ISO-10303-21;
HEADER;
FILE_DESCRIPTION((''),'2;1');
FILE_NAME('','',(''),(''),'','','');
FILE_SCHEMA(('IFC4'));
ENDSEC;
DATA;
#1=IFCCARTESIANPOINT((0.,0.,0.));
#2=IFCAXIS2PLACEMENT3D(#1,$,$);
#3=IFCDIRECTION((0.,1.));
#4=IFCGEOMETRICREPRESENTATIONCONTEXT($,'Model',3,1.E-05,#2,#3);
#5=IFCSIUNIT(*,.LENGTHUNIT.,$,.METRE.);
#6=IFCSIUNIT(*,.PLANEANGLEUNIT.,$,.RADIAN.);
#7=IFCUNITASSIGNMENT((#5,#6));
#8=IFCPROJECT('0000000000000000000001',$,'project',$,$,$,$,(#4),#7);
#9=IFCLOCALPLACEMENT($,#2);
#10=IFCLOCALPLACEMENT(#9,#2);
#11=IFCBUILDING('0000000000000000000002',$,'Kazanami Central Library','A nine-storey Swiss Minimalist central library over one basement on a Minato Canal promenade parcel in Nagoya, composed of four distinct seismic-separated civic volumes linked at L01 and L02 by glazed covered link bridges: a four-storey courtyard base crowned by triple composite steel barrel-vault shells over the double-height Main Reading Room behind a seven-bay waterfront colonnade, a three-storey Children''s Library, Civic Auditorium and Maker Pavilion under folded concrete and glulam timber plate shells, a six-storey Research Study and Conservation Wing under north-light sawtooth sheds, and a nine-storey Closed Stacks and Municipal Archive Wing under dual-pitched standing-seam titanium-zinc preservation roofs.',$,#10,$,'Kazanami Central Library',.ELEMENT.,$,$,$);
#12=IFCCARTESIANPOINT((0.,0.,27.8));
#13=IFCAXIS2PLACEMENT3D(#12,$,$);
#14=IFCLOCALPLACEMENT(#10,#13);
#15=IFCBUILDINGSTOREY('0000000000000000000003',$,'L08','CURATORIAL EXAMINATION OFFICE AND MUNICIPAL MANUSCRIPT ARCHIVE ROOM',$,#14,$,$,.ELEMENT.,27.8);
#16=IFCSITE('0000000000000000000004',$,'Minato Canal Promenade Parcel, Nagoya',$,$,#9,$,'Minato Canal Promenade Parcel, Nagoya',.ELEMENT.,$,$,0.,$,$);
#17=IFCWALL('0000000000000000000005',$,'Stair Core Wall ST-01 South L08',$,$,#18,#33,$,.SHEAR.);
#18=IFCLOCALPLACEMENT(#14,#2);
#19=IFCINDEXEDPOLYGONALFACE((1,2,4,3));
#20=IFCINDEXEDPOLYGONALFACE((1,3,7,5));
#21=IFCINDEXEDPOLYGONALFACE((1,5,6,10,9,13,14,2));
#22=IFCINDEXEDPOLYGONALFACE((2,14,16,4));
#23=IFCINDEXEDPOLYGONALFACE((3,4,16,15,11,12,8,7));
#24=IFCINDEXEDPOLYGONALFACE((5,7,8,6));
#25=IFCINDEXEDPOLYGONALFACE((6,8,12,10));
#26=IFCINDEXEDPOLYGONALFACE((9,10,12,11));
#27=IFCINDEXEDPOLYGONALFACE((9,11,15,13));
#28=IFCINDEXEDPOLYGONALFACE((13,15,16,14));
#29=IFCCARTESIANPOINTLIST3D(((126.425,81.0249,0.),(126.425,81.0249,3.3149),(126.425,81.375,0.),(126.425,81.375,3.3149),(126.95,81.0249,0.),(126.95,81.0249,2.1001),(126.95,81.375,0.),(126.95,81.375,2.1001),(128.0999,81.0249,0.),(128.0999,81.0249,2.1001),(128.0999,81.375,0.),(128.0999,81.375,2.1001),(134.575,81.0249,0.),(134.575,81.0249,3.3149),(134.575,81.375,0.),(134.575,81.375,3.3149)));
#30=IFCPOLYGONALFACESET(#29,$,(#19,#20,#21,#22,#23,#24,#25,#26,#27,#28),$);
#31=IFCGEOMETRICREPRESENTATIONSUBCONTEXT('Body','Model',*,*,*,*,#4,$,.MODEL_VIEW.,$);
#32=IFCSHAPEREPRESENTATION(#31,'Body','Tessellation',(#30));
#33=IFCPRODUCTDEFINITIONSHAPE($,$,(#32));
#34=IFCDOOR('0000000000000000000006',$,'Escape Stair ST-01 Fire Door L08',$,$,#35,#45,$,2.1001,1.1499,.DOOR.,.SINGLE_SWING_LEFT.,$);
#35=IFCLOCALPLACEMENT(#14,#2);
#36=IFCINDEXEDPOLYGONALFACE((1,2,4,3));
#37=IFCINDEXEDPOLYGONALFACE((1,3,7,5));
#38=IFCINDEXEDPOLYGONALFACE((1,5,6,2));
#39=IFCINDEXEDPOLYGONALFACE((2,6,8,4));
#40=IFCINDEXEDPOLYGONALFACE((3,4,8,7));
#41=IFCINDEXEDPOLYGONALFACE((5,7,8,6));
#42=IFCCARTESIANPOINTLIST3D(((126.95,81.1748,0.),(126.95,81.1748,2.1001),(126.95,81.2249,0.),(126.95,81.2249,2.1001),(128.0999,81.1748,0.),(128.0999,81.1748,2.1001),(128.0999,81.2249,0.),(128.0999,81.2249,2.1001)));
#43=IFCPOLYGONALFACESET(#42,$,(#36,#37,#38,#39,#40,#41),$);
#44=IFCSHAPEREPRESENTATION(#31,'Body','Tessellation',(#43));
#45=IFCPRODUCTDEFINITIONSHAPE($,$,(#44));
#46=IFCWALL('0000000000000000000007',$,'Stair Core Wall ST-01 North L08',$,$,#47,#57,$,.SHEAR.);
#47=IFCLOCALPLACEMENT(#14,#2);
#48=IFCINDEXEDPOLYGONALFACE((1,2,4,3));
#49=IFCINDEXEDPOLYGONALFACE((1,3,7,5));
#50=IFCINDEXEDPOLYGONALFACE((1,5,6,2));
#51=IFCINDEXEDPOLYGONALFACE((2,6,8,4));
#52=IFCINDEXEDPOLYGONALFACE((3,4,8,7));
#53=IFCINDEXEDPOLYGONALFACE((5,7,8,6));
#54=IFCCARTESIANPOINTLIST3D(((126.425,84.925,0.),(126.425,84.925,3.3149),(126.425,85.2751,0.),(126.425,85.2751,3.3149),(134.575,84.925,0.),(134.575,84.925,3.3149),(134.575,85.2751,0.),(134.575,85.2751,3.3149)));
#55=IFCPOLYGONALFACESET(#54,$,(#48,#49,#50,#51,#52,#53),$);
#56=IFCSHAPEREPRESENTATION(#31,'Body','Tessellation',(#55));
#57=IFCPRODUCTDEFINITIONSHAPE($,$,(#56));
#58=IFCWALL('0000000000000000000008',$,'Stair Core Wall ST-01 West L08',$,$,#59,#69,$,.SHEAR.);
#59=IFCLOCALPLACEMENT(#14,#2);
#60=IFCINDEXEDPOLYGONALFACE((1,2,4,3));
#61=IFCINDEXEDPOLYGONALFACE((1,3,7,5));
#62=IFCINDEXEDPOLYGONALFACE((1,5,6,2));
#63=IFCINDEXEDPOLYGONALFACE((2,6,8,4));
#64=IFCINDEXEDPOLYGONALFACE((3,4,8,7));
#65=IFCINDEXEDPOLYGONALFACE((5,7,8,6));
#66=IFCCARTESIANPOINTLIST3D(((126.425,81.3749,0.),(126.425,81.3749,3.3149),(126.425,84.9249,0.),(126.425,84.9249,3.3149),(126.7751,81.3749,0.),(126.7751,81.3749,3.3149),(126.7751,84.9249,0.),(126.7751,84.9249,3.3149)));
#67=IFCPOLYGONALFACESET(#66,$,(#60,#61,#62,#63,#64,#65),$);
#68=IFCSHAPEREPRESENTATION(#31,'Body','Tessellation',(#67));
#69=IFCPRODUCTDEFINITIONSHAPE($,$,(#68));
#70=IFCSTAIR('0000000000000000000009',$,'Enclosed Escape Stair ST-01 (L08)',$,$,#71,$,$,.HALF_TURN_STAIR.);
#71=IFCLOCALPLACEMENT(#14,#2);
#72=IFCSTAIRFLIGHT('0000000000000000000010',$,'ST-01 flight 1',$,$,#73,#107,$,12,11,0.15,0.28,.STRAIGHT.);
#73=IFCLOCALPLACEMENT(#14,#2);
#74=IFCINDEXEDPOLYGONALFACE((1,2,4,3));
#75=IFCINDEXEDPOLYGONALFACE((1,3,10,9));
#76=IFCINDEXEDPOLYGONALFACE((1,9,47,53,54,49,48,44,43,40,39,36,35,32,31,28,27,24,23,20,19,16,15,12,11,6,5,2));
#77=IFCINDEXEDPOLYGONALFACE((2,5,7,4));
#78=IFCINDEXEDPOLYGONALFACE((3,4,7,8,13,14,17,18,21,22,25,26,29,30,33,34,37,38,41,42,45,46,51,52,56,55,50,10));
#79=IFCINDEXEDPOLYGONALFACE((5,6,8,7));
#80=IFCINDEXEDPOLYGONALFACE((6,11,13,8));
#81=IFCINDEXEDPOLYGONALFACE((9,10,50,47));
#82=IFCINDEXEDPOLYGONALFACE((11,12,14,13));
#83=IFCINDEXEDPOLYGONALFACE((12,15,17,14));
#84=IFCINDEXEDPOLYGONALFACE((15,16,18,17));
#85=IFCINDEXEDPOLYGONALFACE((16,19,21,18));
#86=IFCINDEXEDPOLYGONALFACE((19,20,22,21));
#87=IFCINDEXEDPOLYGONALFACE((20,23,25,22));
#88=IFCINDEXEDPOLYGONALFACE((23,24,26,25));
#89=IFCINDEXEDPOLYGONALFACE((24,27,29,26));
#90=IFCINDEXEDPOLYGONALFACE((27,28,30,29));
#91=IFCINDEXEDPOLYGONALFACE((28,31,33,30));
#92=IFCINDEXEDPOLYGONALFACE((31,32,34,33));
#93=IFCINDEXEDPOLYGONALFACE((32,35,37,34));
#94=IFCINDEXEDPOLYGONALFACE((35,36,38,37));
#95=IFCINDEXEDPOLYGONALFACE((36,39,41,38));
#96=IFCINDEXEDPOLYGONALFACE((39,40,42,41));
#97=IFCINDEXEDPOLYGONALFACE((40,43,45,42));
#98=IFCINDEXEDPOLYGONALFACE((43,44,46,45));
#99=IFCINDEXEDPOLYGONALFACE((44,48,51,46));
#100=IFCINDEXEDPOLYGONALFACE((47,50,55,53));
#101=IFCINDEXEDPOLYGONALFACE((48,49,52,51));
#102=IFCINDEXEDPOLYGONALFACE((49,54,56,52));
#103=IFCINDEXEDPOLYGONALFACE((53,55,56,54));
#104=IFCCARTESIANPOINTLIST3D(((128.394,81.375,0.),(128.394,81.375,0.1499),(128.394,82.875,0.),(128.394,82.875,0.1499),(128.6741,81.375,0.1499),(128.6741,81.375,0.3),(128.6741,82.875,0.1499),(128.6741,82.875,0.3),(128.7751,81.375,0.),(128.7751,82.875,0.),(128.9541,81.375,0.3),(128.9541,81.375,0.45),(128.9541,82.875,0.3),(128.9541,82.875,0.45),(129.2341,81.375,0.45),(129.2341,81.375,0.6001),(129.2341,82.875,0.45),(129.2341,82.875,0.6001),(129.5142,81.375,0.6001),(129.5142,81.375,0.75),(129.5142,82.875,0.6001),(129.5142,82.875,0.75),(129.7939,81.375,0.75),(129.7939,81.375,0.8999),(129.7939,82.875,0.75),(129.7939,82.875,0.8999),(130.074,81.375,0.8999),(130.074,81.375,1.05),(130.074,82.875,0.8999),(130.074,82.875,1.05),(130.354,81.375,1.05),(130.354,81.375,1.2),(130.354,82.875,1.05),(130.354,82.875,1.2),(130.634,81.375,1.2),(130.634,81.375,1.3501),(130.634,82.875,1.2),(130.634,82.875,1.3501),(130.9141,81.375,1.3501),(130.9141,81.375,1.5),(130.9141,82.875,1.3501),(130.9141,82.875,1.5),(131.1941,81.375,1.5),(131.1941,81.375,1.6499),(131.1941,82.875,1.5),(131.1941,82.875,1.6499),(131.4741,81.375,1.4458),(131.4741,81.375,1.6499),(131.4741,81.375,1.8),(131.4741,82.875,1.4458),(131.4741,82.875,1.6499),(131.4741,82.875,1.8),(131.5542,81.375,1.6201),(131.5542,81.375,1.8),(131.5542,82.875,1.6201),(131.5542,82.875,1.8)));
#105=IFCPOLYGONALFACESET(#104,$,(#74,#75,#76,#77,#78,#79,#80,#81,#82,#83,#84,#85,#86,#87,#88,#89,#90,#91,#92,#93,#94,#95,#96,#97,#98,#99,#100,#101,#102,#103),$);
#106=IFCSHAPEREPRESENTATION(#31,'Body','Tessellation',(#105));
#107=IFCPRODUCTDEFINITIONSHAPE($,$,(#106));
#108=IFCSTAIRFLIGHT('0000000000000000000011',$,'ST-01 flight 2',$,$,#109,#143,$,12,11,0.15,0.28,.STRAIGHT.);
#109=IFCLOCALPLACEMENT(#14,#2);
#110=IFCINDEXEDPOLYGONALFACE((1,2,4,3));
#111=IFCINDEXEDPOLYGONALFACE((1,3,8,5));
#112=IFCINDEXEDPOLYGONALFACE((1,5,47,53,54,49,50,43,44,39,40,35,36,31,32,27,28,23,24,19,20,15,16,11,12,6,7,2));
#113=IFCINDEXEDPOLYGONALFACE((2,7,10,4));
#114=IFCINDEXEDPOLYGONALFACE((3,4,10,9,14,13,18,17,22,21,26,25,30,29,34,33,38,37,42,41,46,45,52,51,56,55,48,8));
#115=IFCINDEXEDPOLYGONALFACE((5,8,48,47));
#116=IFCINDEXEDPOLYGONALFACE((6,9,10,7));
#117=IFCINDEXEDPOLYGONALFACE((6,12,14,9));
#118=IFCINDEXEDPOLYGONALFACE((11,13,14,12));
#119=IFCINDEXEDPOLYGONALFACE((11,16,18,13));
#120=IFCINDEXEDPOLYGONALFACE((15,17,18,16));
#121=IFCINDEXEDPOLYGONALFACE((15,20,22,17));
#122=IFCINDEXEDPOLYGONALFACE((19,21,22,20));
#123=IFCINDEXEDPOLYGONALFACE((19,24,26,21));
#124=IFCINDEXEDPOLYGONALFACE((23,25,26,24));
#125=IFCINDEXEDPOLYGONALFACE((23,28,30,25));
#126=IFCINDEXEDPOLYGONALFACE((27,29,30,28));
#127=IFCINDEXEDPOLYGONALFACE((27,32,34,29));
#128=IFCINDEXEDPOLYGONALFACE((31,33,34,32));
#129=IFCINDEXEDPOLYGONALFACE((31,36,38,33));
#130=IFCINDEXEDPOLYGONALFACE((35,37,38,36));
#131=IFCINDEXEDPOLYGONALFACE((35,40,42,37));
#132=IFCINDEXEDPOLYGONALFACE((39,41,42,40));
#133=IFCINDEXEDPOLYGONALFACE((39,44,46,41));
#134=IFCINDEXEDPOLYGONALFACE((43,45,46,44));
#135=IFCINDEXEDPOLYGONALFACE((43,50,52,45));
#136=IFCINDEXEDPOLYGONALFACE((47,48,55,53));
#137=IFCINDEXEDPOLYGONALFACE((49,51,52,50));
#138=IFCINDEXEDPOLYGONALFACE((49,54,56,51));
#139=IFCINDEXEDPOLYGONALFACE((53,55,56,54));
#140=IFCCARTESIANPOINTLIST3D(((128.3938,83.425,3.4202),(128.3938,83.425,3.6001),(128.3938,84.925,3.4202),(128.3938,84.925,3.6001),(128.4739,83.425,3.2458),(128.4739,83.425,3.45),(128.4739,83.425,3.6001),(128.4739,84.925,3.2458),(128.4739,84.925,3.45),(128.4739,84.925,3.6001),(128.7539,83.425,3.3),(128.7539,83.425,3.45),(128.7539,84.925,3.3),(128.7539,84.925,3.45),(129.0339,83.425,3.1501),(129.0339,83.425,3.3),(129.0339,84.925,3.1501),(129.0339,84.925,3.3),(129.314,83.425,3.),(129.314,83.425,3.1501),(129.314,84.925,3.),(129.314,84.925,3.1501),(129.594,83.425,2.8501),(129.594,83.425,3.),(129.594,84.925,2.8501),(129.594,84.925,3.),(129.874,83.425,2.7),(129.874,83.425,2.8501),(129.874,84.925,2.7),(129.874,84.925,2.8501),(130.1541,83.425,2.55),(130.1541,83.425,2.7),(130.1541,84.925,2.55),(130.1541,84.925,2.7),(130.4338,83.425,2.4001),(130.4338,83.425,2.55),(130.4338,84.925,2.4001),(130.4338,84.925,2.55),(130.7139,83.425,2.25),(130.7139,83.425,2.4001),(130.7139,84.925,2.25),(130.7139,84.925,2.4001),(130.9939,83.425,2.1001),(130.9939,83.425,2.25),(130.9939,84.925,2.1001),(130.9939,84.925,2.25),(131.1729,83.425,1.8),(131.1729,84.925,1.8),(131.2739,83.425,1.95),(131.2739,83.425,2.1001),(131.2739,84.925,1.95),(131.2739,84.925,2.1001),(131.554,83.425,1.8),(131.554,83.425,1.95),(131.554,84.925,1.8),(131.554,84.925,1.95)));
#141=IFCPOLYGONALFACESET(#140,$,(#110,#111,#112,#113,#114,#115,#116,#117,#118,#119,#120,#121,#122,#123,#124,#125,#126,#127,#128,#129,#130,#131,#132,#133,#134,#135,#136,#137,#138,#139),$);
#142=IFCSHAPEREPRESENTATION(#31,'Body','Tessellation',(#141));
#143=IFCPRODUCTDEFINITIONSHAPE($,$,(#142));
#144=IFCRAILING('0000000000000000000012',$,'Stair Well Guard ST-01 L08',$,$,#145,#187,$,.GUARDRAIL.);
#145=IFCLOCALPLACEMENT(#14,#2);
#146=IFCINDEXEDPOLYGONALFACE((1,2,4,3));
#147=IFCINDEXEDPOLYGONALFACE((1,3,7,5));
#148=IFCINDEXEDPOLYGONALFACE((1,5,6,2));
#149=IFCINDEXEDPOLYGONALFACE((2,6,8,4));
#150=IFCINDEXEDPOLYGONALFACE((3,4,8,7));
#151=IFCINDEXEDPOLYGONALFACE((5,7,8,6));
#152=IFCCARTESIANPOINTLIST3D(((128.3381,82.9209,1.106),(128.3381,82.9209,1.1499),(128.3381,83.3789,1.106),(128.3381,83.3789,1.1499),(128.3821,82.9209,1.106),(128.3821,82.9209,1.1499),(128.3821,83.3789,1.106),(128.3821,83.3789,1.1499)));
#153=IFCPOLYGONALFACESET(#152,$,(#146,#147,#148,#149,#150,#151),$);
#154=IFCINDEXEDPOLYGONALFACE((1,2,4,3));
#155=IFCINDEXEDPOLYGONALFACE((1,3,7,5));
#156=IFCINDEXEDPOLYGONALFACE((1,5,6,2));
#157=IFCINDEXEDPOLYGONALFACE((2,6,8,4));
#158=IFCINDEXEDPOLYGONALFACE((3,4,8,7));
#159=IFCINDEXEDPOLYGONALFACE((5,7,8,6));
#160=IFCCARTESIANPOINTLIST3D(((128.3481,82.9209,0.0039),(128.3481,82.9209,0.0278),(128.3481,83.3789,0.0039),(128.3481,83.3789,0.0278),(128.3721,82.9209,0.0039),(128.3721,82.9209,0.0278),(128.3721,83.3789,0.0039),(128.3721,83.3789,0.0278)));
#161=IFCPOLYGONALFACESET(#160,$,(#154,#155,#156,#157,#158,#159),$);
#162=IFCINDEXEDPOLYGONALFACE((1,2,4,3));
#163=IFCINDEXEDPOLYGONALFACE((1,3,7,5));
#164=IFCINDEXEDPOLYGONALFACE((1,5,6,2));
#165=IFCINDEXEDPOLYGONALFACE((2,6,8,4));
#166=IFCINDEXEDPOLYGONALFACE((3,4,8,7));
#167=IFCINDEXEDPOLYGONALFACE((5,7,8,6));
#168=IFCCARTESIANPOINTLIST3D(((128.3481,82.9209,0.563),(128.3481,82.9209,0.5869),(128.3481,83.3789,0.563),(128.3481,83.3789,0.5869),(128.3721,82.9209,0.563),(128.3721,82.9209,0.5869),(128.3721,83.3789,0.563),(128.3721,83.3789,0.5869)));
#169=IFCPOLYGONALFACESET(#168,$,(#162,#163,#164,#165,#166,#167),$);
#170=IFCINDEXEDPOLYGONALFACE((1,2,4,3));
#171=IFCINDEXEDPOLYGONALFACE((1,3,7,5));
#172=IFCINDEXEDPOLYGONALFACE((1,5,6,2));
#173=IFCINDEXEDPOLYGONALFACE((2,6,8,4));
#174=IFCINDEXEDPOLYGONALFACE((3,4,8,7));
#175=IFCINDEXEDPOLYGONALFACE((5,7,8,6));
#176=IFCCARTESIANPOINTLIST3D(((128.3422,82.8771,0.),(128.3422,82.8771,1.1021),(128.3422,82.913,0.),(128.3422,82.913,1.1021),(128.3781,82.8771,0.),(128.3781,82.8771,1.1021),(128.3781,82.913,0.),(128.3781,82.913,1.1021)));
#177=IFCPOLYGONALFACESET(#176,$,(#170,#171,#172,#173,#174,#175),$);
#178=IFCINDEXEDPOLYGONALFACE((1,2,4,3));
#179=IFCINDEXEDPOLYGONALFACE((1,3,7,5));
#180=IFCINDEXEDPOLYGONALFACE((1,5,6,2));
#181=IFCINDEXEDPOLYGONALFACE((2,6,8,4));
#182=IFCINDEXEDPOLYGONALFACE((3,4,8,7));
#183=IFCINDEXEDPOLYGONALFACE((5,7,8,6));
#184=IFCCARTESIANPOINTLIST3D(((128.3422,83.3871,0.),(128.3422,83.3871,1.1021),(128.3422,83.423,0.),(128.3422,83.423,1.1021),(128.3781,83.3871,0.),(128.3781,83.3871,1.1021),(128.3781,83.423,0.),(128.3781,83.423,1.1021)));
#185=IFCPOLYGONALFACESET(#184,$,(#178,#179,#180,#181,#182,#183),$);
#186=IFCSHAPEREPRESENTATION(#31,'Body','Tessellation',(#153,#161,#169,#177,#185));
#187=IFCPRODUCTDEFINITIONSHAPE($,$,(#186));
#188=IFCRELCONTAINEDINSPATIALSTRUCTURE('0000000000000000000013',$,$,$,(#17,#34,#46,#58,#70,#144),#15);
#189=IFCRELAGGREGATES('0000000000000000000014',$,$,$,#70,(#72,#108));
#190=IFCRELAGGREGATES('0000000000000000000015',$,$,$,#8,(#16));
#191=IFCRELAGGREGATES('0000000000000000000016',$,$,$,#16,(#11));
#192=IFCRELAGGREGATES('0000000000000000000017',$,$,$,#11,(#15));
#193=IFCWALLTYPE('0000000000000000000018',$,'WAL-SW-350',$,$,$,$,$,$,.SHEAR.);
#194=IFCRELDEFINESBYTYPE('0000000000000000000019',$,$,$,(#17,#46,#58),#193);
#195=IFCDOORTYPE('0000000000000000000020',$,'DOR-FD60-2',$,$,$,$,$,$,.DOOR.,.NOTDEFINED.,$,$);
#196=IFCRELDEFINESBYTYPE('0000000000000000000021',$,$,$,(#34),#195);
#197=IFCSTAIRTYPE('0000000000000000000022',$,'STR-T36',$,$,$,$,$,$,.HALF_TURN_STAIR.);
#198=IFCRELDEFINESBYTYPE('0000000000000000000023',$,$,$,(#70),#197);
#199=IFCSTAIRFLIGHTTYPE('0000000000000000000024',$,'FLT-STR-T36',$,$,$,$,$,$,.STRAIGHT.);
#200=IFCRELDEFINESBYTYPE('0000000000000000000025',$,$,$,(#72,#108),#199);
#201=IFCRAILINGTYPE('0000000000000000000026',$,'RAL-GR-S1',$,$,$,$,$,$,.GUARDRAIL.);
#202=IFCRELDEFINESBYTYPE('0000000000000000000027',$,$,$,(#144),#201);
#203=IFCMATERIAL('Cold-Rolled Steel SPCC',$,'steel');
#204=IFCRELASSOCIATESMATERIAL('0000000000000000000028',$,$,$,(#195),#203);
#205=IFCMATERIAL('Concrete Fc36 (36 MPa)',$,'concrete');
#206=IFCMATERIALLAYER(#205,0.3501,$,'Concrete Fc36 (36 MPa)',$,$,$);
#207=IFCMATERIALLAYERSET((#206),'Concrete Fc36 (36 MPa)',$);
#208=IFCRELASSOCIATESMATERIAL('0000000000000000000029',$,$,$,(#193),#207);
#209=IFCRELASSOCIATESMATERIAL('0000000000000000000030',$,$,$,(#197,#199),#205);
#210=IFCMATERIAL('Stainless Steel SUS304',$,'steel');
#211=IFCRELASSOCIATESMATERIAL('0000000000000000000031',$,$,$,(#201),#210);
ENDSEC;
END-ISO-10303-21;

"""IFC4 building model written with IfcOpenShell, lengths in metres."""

from ifc_helpers import new_model, si_unit, direction, frame, frame_2d, origin, origin_2d, place, context, subcontext, project, spatial, polyline, rectangle, outline, extrude, material, layer, layer_set, type_object, element, fill, aggregate, save


model = new_model("IFC4")

# Units and contexts
model_context = context("Model", 3, precision=1e-05, world=origin(), true_north=direction((0.0, 1.0)))
body_context = subcontext(model_context, "Body", "Model", "MODEL_VIEW")
ifc_project = project(units=[si_unit("LENGTHUNIT", "METRE"), si_unit("PLANEANGLEUNIT", "RADIAN")], contexts=[model_context])

# Site, building, storey
site_placement = place(None, origin())
site = spatial("IfcSite", under=ifc_project, at=site_placement, Name="Minato Canal Promenade Parcel, Nagoya", LongName="Minato Canal Promenade Parcel, Nagoya", CompositionType="ELEMENT", RefElevation=0.0)
building_placement = place(site_placement, origin())
building = spatial("IfcBuilding", under=site, at=building_placement, Name="Kazanami Central Library", Description="A nine-storey Swiss Minimalist central library over one basement on a Minato Canal promenade parcel in Nagoya, composed of four distinct seismic-separated civic volumes linked at L01 and L02 by glazed covered link bridges: a four-storey courtyard base crowned by triple composite steel barrel-vault shells over the double-height Main Reading Room behind a seven-bay waterfront colonnade, a three-storey Children's Library, Civic Auditorium and Maker Pavilion under folded concrete and glulam timber plate shells, a six-storey Research Study and Conservation Wing under north-light sawtooth sheds, and a nine-storey Closed Stacks and Municipal Archive Wing under dual-pitched standing-seam titanium-zinc preservation roofs.", LongName="Kazanami Central Library", CompositionType="ELEMENT")
storey_placement = place(building_placement, frame((0.0, 0.0, 27.8)))
storey = spatial("IfcBuildingStorey", under=building, at=storey_placement, Name="L08", Description="CURATORIAL EXAMINATION OFFICE AND MUNICIPAL MANUSCRIPT ARCHIVE ROOM", CompositionType="ELEMENT", Elevation=27.8)

# Shared definitions
ifc_material_1 = material(Name="Concrete Fc36 (36 MPa)", Category="concrete")

# Shared definitions
ifc_material_2 = material(Name="Cold-Rolled Steel SPCC", Category="steel")
door_type_1 = type_object("IfcDoorType", Name="DOR-FD60-2", OperationType="NOTDEFINED", PredefinedType="DOOR", material=ifc_material_2)

# Wall, opening, door
ifc_layer_1 = layer(ifc_material_1, 0.3501, Name="Concrete Fc36 (36 MPa)")
ifc_layer_set_1 = layer_set([ifc_layer_1], Name="Concrete Fc36 (36 MPa)")
wall_type_1 = type_object("IfcWallType", Name="WAL-SW-350", PredefinedType="SHEAR", material=ifc_layer_set_1)
wall_1_placement = place(storey_placement, frame((126.425, 81.2, 0.0), z_axis=(0.0, 0.0, 1.0), x_axis=(1.0, 0.0, 0.0)))
wall_1 = element("IfcWall", 1, at=wall_1_placement, inside=storey, type_object=wall_type_1, Name="Stair Core Wall ST-01 South L08", PredefinedType="SHEAR", context=body_context, shape_type="SweptSolid", body=[
    extrude(rectangle(XDim=8.1499, YDim=0.3501, at=frame_2d((4.075, 0.0))), origin(), (0.0, 0.0, 1.0), 3.3149),
])
opening_1_placement = place(wall_1_placement, frame((0.5249, 0.0, 0.0)))
opening_1 = element("IfcOpeningElement", 2, at=opening_1_placement, cuts=wall_1, PredefinedType="OPENING", context=body_context, shape_type="SweptSolid", body=[
    extrude(rectangle(XDim=1.1499, YDim=2.1001, at=frame_2d((0.575, 1.05))), frame((0.0, 0.187, 0.0), z_axis=(0.0, -1.0, 0.0), x_axis=(1.0, 0.0, 0.0)), (0.0, 0.0, 1.0), 0.374),
])
door_1_placement = place(opening_1_placement, origin())
door_1 = element("IfcDoor", 3, at=door_1_placement, inside=storey, type_object=door_type_1, Name="Escape Stair ST-01 Fire Door L08", OperationType="SINGLE_SWING_LEFT", OverallHeight=2.1001, OverallWidth=1.1499, PredefinedType="DOOR", context=body_context, shape_type="SweptSolid", body=[
    extrude(rectangle(XDim=1.1499, YDim=2.1001, at=frame_2d((0.575, 1.05))), frame((0.0, 0.0249, 0.0), z_axis=(0.0, -1.0, 0.0), x_axis=(1.0, 0.0, 0.0)), (0.0, 0.0, 1.0), 0.05),
])
fill(opening_1, door_1)

# Walls
wall_2_placement = place(storey_placement, frame((126.425, 85.1001, 0.0), z_axis=(0.0, 0.0, 1.0), x_axis=(1.0, 0.0, 0.0)))
element("IfcWall", 4, at=wall_2_placement, inside=storey, type_object=wall_type_1, Name="Stair Core Wall ST-01 North L08", PredefinedType="SHEAR", context=body_context, shape_type="SweptSolid", body=[
    extrude(rectangle(XDim=8.1499, YDim=0.3501, at=frame_2d((4.075, 0.0))), origin(), (0.0, 0.0, 1.0), 3.3149),
])
wall_3_placement = place(storey_placement, frame((126.6001, 81.375, 0.0), z_axis=(0.0, 0.0, 1.0), x_axis=(0.0, 1.0, 0.0)))
element("IfcWall", 5, at=wall_3_placement, inside=storey, type_object=wall_type_1, Name="Stair Core Wall ST-01 West L08", PredefinedType="SHEAR", context=body_context, shape_type="SweptSolid", body=[
    extrude(rectangle(XDim=3.55, YDim=0.3501, at=frame_2d((1.7749, 0.0))), origin(), (0.0, 0.0, 1.0), 3.3149),
])

# Stair, stair flights
stair_type = type_object("IfcStairType", Name="STR-T36", PredefinedType="HALF_TURN_STAIR", material=ifc_material_1)
stair_placement = place(storey_placement, origin())
stair = element("IfcStair", 6, at=stair_placement, inside=storey, type_object=stair_type, Name="Enclosed Escape Stair ST-01 (L08)", PredefinedType="HALF_TURN_STAIR")
stair_flight_type = type_object("IfcStairFlightType", Name="FLT-STR-T36", PredefinedType="STRAIGHT", material=ifc_material_1)
stair_flight_1_placement = place(storey_placement, frame((128.394, 82.125, 0.0), z_axis=(0.0, 0.0, 1.0), x_axis=(1.0, 0.0, 0.0)))
stair_flight_1 = element("IfcStairFlight", 7, at=stair_flight_1_placement, type_object=stair_flight_type, Name="ST-01 flight 1", NumberOfRisers=12, NumberOfTreads=11, PredefinedType="STRAIGHT", RiserHeight=0.15, TreadLength=0.28, context=body_context, shape_type="SweptSolid", body=[
    extrude(outline(polyline([(0.0, 0.0), (0.0, 0.1499), (0.28, 0.1499), (0.28, 0.3), (0.5601, 0.3), (0.5601, 0.45), (0.8401, 0.45), (0.8401, 0.6001), (1.1201, 0.6001), (1.1201, 0.75), (1.3999, 0.75), (1.3999, 0.8999), (1.6799, 0.8999), (1.6799, 1.05), (1.96, 1.05), (1.96, 1.2), (2.24, 1.2), (2.24, 1.3501), (2.52, 1.3501), (2.52, 1.5), (2.8, 1.5), (2.8, 1.6499), (3.0801, 1.6499), (3.0801, 1.8), (3.1602, 1.8), (3.1602, 1.6201), (3.0801, 1.4458), (0.3811, 0.0), (0.0, 0.0)])), frame((0.0, 0.75, 0.0), z_axis=(0.0, -1.0, 0.0), x_axis=(1.0, 0.0, 0.0)), (0.0, 0.0, 1.0), 1.5),
])
stair_flight_2_placement = place(storey_placement, frame((131.554, 84.175, 1.8), z_axis=(0.0, 0.0, 1.0), x_axis=(-1.0, 0.0, 0.0)))
stair_flight_2 = element("IfcStairFlight", 8, at=stair_flight_2_placement, type_object=stair_flight_type, Name="ST-01 flight 2", NumberOfRisers=12, NumberOfTreads=11, PredefinedType="STRAIGHT", RiserHeight=0.15, TreadLength=0.28, context=body_context, shape_type="SweptSolid", body=[
    extrude(outline(polyline([(0.0, 0.0), (0.0, 0.1499), (0.28, 0.1499), (0.28, 0.3), (0.5601, 0.3), (0.5601, 0.45), (0.8401, 0.45), (0.8401, 0.6001), (1.1201, 0.6001), (1.1201, 0.75), (1.3999, 0.75), (1.3999, 0.8999), (1.6799, 0.8999), (1.6799, 1.05), (1.96, 1.05), (1.96, 1.2), (2.24, 1.2), (2.24, 1.3501), (2.52, 1.3501), (2.52, 1.5), (2.8, 1.5), (2.8, 1.6499), (3.0801, 1.6499), (3.0801, 1.8), (3.1602, 1.8), (3.1602, 1.6201), (3.0801, 1.4458), (0.3811, 0.0), (0.0, 0.0)])), frame((0.0, 0.75, 0.0), z_axis=(0.0, -1.0, 0.0), x_axis=(1.0, 0.0, 0.0)), (0.0, 0.0, 1.0), 1.5),
])
aggregate(stair, [stair_flight_1, stair_flight_2])

# Railing
ifc_material_3 = material(Name="Stainless Steel SUS304", Category="steel")
railing_type_1 = type_object("IfcRailingType", Name="RAL-GR-S1", PredefinedType="GUARDRAIL", material=ifc_material_3)
railing_1_placement = place(storey_placement, frame((128.3601, 82.895, 0.0)))
element("IfcRailing", 9, at=railing_1_placement, inside=storey, type_object=railing_type_1, Name="Stair Well Guard ST-01 L08", PredefinedType="GUARDRAIL", context=body_context, shape_type="SweptSolid", body=[
    extrude(rectangle(XDim=0.0439, YDim=0.0439, at=origin_2d()), frame((0.0, 0.0259, 1.1279), z_axis=(0.0, 1.0, 0.0), x_axis=(-1.0, 0.0, 0.0)), (0.0, 0.0, 1.0), 0.458),
    extrude(rectangle(XDim=0.0239, YDim=0.0239, at=origin_2d()), frame((0.0, 0.0259, 0.0159), z_axis=(0.0, 1.0, 0.0), x_axis=(-1.0, 0.0, 0.0)), (0.0, 0.0, 1.0), 0.458),
    extrude(rectangle(XDim=0.0239, YDim=0.0239, at=origin_2d()), frame((0.0, 0.0259, 0.575), z_axis=(0.0, 1.0, 0.0), x_axis=(-1.0, 0.0, 0.0)), (0.0, 0.0, 1.0), 0.458),
    extrude(rectangle(XDim=0.0359, YDim=0.0359, at=origin_2d()), origin(), (0.0, 0.0, 1.0), 1.1021),
    extrude(rectangle(XDim=0.0359, YDim=0.0359, at=origin_2d()), frame((0.0, 0.51, 0.0)), (0.0, 0.0, 1.0), 1.1021),
])

save(model, "model.ifc")
